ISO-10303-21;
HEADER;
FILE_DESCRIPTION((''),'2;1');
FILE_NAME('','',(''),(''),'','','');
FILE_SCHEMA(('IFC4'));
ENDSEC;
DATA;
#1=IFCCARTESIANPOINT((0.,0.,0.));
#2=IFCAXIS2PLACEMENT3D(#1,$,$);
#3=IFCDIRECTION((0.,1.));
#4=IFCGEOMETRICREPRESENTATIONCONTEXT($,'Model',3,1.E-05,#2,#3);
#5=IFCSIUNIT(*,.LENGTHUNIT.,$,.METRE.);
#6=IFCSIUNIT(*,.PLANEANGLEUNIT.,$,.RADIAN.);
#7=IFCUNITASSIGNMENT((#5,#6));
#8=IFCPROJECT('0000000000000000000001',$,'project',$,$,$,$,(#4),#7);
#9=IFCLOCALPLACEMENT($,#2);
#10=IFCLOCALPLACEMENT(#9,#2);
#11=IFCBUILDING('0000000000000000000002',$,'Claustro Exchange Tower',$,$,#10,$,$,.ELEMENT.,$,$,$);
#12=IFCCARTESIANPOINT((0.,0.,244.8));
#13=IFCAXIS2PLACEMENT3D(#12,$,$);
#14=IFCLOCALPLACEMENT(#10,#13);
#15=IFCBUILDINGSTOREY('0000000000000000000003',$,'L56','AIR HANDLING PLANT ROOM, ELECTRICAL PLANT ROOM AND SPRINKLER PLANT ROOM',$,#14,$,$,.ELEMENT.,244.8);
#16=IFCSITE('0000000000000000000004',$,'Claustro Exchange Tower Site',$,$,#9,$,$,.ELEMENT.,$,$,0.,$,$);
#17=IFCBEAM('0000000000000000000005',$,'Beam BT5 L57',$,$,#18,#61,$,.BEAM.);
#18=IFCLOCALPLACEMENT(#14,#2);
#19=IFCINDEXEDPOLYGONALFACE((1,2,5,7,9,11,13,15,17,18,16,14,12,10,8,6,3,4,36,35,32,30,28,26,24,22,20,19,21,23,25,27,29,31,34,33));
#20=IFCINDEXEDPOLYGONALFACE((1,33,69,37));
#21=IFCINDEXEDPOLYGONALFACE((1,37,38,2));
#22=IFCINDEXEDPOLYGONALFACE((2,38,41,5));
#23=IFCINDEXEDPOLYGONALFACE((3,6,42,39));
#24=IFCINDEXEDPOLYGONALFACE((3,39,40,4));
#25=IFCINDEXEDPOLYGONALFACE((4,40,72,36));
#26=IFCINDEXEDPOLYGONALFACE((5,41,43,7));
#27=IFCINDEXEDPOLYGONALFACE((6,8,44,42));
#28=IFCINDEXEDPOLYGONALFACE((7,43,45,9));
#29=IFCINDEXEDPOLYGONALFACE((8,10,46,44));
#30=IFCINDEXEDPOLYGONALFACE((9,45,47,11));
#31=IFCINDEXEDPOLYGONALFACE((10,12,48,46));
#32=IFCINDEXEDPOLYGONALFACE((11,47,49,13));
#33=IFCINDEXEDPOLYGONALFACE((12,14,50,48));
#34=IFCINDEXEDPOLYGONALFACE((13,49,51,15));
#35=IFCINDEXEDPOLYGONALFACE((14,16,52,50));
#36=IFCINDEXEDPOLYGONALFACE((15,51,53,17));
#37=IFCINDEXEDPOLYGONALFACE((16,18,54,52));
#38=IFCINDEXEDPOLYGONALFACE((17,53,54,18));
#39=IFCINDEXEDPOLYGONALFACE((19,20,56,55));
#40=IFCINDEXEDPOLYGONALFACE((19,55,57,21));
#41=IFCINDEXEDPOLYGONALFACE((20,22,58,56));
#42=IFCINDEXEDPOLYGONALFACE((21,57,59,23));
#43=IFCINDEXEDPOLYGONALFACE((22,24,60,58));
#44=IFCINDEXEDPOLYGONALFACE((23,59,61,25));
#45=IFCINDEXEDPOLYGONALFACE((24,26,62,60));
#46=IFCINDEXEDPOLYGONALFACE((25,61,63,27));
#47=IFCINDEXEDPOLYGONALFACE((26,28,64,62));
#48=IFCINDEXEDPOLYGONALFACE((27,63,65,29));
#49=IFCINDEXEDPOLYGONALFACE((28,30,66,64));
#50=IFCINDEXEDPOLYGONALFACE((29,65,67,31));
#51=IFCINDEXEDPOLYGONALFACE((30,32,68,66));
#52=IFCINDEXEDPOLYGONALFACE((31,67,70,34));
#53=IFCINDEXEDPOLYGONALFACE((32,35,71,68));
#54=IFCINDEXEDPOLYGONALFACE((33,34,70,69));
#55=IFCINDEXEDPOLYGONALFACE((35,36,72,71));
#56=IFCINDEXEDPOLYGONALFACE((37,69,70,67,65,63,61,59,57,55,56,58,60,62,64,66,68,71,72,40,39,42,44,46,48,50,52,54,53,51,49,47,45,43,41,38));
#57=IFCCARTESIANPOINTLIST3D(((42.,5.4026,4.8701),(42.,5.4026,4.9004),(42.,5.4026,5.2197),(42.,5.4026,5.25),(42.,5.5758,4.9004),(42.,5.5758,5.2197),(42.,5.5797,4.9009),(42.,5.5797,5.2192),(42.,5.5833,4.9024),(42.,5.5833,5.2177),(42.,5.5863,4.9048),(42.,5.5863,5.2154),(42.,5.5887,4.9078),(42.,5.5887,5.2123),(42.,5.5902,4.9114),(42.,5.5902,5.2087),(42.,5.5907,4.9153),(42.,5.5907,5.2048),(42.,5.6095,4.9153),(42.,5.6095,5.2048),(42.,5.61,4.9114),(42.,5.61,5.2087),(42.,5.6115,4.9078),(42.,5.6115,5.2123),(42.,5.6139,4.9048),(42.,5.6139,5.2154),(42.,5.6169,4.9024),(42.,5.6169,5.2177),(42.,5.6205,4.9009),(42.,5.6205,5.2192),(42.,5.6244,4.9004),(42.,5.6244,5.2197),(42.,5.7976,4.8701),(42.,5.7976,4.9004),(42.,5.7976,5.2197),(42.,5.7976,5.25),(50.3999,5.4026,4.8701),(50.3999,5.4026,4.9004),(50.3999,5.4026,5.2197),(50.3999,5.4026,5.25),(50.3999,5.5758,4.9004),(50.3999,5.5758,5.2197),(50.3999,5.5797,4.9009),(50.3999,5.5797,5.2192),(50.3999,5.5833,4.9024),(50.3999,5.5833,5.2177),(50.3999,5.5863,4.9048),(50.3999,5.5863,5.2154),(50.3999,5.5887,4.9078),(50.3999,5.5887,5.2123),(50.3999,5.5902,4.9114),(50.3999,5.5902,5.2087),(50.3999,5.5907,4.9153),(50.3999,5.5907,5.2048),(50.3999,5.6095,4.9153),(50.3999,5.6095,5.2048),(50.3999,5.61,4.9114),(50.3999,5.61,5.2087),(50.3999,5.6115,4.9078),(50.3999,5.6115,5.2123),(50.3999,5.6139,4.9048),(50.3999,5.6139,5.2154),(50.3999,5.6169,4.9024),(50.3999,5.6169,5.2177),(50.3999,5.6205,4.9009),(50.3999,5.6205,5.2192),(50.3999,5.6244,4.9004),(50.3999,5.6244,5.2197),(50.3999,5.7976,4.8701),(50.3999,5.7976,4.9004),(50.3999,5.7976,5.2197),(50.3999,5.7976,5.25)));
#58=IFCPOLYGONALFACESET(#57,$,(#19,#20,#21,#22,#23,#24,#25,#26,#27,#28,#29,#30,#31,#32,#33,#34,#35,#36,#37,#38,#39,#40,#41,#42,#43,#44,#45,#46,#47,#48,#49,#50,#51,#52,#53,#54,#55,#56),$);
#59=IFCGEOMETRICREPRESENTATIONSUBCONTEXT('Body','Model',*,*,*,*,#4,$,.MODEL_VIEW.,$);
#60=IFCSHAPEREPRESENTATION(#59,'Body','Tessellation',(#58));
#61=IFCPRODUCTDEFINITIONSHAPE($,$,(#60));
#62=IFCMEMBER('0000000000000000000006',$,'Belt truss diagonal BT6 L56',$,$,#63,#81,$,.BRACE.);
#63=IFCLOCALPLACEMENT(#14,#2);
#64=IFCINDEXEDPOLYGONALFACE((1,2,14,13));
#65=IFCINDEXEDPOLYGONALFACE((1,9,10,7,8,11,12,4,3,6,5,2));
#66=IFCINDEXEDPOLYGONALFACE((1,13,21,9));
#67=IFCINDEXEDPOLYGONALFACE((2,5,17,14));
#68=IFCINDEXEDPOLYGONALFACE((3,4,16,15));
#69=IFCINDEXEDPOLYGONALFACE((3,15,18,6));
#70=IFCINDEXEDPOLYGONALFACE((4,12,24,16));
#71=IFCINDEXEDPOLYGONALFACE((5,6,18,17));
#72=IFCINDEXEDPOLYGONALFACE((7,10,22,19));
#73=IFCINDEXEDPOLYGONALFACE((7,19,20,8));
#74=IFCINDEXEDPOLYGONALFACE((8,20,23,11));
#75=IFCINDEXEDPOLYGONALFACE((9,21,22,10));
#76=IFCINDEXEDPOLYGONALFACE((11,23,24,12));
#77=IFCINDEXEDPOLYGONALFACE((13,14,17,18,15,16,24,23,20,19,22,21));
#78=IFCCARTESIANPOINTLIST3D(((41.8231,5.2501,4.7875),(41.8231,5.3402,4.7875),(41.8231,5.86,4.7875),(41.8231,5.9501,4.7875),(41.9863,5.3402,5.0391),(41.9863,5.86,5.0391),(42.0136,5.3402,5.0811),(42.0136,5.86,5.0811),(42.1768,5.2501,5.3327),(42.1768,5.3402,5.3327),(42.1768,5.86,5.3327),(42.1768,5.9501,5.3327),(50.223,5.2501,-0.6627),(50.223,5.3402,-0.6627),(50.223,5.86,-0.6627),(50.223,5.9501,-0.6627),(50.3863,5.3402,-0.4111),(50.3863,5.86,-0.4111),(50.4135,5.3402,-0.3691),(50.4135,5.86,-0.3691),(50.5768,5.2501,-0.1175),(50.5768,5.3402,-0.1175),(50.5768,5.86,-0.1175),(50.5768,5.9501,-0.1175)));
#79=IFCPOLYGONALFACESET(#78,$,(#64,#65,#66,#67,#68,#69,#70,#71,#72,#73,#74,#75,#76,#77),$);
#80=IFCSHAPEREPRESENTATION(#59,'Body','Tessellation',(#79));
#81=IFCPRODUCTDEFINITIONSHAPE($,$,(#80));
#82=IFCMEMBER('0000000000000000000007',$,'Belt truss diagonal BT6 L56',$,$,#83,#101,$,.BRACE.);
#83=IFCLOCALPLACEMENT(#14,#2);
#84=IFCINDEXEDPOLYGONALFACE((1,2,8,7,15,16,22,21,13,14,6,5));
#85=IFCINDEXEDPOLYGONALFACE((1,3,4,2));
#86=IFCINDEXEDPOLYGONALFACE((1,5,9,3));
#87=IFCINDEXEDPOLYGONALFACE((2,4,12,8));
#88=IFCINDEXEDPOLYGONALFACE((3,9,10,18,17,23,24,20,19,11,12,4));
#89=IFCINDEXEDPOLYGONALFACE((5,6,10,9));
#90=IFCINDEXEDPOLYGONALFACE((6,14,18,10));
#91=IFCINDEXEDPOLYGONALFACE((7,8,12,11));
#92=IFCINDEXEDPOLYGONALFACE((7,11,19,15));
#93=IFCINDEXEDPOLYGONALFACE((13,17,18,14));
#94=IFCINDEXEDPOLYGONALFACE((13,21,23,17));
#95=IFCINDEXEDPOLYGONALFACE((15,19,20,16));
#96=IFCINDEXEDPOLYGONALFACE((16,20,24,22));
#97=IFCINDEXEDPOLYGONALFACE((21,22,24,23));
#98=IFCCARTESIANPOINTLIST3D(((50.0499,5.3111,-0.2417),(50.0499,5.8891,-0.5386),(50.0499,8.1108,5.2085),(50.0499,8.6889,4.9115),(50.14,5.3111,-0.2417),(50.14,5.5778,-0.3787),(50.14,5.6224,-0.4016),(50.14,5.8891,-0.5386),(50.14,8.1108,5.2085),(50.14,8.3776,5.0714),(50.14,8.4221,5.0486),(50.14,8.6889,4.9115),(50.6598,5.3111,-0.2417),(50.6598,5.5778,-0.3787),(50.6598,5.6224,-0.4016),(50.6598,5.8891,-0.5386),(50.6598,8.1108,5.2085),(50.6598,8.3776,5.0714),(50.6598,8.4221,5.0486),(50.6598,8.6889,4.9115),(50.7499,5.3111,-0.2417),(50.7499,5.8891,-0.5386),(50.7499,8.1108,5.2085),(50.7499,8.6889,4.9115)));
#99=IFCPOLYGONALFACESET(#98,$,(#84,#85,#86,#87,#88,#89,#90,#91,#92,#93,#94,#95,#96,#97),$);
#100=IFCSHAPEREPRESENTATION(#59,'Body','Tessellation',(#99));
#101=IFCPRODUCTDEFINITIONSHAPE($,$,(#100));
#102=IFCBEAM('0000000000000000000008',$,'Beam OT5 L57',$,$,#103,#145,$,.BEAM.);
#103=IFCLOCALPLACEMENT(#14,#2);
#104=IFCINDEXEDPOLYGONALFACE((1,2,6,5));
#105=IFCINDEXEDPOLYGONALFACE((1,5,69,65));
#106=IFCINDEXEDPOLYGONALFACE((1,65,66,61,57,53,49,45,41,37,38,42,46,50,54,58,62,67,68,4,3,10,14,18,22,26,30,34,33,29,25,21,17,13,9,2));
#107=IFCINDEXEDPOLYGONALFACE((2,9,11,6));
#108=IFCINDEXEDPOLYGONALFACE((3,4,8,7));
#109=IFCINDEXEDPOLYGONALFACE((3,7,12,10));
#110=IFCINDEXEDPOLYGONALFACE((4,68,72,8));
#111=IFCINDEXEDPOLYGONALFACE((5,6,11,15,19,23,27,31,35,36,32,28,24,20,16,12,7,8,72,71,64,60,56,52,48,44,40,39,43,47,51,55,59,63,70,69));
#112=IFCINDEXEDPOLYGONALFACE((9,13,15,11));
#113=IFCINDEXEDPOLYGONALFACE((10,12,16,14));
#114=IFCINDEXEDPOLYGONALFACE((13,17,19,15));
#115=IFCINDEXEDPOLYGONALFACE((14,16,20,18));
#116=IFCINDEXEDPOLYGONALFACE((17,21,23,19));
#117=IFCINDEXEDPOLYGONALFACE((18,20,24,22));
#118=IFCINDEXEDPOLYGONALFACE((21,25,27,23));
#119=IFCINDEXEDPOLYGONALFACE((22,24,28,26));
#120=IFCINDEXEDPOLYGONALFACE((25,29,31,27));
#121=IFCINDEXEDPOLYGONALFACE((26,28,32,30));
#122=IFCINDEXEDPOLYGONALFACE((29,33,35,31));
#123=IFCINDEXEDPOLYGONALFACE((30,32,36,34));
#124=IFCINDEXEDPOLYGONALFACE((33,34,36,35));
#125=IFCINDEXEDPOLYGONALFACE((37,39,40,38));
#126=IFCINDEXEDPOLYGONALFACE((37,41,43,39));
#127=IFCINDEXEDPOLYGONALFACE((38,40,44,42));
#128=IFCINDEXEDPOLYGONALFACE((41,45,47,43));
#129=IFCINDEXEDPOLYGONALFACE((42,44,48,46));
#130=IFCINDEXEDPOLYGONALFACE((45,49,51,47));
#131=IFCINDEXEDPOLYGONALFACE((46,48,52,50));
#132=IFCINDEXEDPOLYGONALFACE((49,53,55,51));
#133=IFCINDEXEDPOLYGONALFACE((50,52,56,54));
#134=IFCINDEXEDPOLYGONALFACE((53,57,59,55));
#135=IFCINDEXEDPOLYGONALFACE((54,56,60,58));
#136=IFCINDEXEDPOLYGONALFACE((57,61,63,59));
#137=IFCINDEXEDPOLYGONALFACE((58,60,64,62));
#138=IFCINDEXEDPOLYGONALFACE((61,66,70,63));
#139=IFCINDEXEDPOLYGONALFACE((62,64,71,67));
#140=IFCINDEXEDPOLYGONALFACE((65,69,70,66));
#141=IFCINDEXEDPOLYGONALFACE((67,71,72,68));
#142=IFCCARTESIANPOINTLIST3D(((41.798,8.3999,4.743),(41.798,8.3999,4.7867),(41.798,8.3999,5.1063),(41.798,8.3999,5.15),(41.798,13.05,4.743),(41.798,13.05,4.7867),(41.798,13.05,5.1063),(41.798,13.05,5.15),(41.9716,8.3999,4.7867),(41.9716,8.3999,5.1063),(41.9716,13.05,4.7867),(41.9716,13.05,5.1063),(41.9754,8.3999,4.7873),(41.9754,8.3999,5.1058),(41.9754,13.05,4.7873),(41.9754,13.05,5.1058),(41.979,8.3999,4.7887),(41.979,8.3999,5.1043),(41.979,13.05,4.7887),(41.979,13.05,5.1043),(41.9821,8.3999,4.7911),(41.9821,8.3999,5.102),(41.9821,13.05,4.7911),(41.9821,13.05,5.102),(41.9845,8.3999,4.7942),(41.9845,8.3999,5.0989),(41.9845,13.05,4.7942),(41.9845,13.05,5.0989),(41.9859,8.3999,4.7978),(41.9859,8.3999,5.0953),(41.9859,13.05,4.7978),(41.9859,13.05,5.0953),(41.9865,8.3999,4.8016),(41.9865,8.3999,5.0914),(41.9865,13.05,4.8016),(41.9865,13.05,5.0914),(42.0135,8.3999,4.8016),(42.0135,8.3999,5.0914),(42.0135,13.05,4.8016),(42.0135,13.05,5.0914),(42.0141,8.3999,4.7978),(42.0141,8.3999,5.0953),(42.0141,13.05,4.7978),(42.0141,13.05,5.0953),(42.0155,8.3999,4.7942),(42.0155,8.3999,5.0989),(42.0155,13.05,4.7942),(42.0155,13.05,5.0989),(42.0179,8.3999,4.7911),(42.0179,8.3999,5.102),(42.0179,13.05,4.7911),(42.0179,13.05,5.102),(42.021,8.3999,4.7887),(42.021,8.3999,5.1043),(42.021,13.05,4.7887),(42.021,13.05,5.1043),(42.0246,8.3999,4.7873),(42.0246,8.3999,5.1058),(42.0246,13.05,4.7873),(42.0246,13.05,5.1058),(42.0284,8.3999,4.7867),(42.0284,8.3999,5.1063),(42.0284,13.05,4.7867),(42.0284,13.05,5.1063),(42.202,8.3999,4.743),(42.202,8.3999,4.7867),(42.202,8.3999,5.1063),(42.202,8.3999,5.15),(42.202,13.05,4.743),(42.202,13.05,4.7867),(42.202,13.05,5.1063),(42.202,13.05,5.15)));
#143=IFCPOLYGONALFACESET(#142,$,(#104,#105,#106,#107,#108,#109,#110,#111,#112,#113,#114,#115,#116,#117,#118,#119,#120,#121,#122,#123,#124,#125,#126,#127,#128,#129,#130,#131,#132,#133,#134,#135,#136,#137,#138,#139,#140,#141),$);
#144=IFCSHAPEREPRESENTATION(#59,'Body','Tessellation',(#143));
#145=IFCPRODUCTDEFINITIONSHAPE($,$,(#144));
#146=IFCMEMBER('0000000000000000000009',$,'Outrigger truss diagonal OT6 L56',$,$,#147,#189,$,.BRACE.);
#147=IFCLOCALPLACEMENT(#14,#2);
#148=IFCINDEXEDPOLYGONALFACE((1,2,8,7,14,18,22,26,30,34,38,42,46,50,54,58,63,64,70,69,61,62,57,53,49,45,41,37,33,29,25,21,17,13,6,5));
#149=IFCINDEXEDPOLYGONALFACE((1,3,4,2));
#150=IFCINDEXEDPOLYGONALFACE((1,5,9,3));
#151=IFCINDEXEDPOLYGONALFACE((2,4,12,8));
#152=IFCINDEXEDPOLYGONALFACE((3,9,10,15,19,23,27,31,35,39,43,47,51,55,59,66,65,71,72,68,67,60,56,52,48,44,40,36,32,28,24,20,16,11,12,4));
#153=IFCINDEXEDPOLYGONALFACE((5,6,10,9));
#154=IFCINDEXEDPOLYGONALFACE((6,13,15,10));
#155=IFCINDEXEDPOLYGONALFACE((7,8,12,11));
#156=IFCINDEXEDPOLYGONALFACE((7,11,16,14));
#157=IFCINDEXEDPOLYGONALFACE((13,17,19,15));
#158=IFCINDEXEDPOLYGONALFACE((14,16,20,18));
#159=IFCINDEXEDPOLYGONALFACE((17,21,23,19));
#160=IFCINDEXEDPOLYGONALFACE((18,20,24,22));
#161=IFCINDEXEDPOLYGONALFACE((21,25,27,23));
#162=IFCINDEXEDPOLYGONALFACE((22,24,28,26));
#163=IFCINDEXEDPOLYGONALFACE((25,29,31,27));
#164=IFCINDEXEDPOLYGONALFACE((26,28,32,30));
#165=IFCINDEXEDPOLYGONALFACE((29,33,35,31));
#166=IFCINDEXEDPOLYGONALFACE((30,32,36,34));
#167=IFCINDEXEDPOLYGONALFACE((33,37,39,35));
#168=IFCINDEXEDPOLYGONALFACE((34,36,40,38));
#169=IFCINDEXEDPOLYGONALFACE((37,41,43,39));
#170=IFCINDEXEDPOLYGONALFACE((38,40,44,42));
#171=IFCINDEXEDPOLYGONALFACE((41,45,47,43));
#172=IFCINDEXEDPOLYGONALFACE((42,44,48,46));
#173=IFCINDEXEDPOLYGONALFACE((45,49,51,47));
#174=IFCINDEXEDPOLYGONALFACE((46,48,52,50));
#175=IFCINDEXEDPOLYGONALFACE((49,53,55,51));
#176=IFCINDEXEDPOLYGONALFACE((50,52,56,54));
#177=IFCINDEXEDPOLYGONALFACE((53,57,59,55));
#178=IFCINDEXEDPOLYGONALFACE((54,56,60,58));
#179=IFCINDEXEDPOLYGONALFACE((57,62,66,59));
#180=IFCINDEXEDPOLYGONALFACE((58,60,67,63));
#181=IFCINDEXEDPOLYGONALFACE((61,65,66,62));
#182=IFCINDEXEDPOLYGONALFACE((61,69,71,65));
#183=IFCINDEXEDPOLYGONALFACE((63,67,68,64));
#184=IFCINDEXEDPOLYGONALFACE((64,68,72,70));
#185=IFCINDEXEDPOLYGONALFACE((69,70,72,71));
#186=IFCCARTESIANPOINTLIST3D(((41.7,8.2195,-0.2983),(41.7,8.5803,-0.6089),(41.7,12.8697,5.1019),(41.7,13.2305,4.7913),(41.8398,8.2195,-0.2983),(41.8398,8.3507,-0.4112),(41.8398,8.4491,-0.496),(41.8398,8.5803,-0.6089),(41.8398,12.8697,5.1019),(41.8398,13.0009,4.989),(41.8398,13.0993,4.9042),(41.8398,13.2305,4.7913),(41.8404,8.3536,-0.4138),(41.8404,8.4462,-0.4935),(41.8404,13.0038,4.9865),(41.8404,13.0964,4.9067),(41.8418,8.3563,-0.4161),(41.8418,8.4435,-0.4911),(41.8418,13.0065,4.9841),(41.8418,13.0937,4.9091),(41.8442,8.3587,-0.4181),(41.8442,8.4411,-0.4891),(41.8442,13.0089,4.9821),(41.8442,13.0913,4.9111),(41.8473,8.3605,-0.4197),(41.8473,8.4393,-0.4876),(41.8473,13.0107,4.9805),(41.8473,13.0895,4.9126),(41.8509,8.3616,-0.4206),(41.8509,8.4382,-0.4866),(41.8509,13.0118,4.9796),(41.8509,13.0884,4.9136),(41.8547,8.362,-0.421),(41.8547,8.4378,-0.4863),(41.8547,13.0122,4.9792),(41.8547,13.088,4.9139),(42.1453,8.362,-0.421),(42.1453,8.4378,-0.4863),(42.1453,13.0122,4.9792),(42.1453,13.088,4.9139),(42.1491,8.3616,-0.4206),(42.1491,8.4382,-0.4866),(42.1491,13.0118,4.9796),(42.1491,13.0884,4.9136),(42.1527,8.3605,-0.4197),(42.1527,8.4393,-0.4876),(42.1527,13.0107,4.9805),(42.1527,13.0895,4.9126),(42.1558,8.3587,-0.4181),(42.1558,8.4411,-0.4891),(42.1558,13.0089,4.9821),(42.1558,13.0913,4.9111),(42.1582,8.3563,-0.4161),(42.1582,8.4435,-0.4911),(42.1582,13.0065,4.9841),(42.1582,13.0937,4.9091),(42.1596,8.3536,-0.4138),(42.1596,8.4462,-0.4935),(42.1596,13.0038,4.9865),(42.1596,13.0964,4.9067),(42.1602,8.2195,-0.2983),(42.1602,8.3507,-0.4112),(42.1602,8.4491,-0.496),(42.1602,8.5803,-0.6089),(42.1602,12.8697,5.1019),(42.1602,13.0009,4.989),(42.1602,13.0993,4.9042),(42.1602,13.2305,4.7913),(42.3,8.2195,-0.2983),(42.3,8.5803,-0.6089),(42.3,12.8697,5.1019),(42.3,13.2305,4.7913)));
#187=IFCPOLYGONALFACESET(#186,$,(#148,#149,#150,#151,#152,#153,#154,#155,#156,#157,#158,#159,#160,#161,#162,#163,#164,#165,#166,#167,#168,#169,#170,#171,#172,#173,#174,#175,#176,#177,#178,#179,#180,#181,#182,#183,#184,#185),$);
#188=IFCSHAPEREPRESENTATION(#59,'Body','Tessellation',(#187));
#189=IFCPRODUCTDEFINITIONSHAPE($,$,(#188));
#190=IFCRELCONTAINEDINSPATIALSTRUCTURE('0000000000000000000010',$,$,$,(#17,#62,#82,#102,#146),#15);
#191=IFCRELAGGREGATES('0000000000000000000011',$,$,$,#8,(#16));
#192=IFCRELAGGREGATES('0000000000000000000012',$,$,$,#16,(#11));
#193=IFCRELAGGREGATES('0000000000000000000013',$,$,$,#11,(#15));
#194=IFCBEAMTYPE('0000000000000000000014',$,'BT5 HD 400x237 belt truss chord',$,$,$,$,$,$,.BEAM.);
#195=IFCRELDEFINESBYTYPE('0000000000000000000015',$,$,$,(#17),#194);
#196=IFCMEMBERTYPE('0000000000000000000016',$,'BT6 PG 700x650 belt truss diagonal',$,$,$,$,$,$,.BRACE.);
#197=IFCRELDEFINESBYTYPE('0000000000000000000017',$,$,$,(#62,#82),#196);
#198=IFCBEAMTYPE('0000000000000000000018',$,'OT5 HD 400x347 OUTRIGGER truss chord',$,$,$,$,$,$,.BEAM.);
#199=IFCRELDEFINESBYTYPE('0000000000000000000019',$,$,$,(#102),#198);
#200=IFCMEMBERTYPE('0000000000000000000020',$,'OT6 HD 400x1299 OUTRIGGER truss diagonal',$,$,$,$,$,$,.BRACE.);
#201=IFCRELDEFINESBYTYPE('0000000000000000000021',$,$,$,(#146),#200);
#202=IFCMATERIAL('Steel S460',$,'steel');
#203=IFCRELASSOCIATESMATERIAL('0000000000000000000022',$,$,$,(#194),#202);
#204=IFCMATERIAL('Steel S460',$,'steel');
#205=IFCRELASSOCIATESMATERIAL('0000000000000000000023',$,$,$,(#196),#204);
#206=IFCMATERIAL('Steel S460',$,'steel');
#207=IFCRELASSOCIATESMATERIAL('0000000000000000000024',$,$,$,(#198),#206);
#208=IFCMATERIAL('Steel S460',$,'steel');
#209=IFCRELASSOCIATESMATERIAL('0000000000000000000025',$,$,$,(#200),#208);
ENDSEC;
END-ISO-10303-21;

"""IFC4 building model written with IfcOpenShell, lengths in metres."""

from ifc_helpers import new_model, si_unit, direction, frame, origin, origin_2d, place, context, subcontext, project, spatial, i_section, extrude, material, material_profile, profile_set, type_object, element, save


model = new_model("IFC4")

# Units and contexts
model_context = context("Model", 3, precision=1e-05, world=origin(), true_north=direction((0.0, 1.0)))
body_context = subcontext(model_context, "Body", "Model", "MODEL_VIEW")
ifc_project = project(units=[si_unit("LENGTHUNIT", "METRE"), si_unit("PLANEANGLEUNIT", "RADIAN")], contexts=[model_context])

# Site, building, storey
site_placement = place(None, origin())
site = spatial("IfcSite", under=ifc_project, at=site_placement, Name="Claustro Exchange Tower Site", CompositionType="ELEMENT", RefElevation=0.0)
building_placement = place(site_placement, origin())
building = spatial("IfcBuilding", under=site, at=building_placement, Name="Claustro Exchange Tower", CompositionType="ELEMENT")
storey_placement = place(building_placement, frame((0.0, 0.0, 244.8)))
storey = spatial("IfcBuildingStorey", under=building, at=storey_placement, Name="L56", Description="AIR HANDLING PLANT ROOM, ELECTRICAL PLANT ROOM AND SPRINKLER PLANT ROOM", CompositionType="ELEMENT", Elevation=244.8)

# Beam
ifc_material_1 = material(Name="Steel S460", Category="steel")
ifc_material_profile_1 = material_profile(ifc_material_1, i_section(OverallWidth=0.395, OverallDepth=0.3799, WebThickness=0.0188, FlangeThickness=0.0303, FilletRadius=0.0149, at=origin_2d()), Name="HD 400x237")
ifc_profile_set_1 = profile_set([ifc_material_profile_1], Name="Steel S460")
beam_type_1 = type_object("IfcBeamType", Name="BT5 HD 400x237 belt truss chord", PredefinedType="BEAM", material=ifc_profile_set_1)
beam_1_placement = place(storey_placement, frame((42.0, 5.6001, 5.0601), z_axis=(1.0, 0.0, 0.0), x_axis=(0.0, 1.0, 0.0)))
element("IfcBeam", 1, at=beam_1_placement, inside=storey, type_object=beam_type_1, Name="Beam BT5 L57", PredefinedType="BEAM", context=body_context, shape_type="SweptSolid", body=[
    extrude(i_section(OverallWidth=0.395, OverallDepth=0.3799, WebThickness=0.0188, FlangeThickness=0.0303, FilletRadius=0.0149, at=origin_2d()), origin(), (0.0, 0.0, 1.0), 8.3999),
])

# Members
ifc_material_2 = material(Name="Steel S460", Category="steel")
ifc_material_profile_2 = material_profile(ifc_material_2, i_section(OverallWidth=0.6499, OverallDepth=0.7, WebThickness=0.05, FlangeThickness=0.0901, at=origin_2d()), Name="PG 700x650")
ifc_profile_set_2 = profile_set([ifc_material_profile_2], Name="Steel S460")
member_type_1 = type_object("IfcMemberType", Name="BT6 PG 700x650 belt truss diagonal", PredefinedType="BRACE", material=ifc_profile_set_2)
member_1_placement = place(storey_placement, frame((50.3999, 5.6001, -0.3901), z_axis=(-0.838888, 0.0, 0.544304), x_axis=(0.544304, 0.0, 0.838888)))
element("IfcMember", 2, at=member_1_placement, inside=storey, type_object=member_type_1, Name="Belt truss diagonal BT6 L56", PredefinedType="BRACE", context=body_context, shape_type="SweptSolid", body=[
    extrude(i_section(OverallWidth=0.6499, OverallDepth=0.7, WebThickness=0.05, FlangeThickness=0.0901, at=origin_2d()), origin(), (0.0, 0.0, 1.0), 10.0132),
])
member_2_placement = place(storey_placement, frame((50.3999, 5.6001, -0.3901), z_axis=(0.0, 0.456941, 0.889497), x_axis=(0.0, -0.889497, 0.456941)))
element("IfcMember", 3, at=member_2_placement, inside=storey, type_object=member_type_1, Name="Belt truss diagonal BT6 L56", PredefinedType="BRACE", context=body_context, shape_type="SweptSolid", body=[
    extrude(i_section(OverallWidth=0.6499, OverallDepth=0.7, WebThickness=0.05, FlangeThickness=0.0901, at=origin_2d()), origin(), (0.0, 0.0, 1.0), 6.1272),
])

# Beam
ifc_material_3 = material(Name="Steel S460", Category="steel")
ifc_material_profile_3 = material_profile(ifc_material_3, i_section(OverallWidth=0.4041, OverallDepth=0.407, WebThickness=0.0271, FlangeThickness=0.0437, FilletRadius=0.0149, at=origin_2d()), Name="HD 400x347")
ifc_profile_set_3 = profile_set([ifc_material_profile_3], Name="Steel S460")
beam_type_2 = type_object("IfcBeamType", Name="OT5 HD 400x347 OUTRIGGER truss chord", PredefinedType="BEAM", material=ifc_profile_set_3)
beam_2_placement = place(storey_placement, frame((42.0, 8.3999, 4.9465), z_axis=(0.0, 1.0, 0.0), x_axis=(-1.0, 0.0, 0.0)))
element("IfcBeam", 4, at=beam_2_placement, inside=storey, type_object=beam_type_2, Name="Beam OT5 L57", PredefinedType="BEAM", context=body_context, shape_type="SweptSolid", body=[
    extrude(i_section(OverallWidth=0.4041, OverallDepth=0.407, WebThickness=0.0271, FlangeThickness=0.0437, FilletRadius=0.0149, at=origin_2d()), origin(), (0.0, 0.0, 1.0), 4.6501),
])

# Member
ifc_material_4 = material(Name="Steel S460", Category="steel")
ifc_material_profile_4 = material_profile(ifc_material_4, i_section(OverallWidth=0.4761, OverallDepth=0.6001, WebThickness=0.1001, FlangeThickness=0.1399, FilletRadius=0.0149, at=origin_2d()), Name="HD 400x1299")
ifc_profile_set_4 = profile_set([ifc_material_profile_4], Name="Steel S460")
member_type_2 = type_object("IfcMemberType", Name="OT6 HD 400x1299 OUTRIGGER truss diagonal", PredefinedType="BRACE", material=ifc_profile_set_4)
member_3_placement = place(storey_placement, frame((42.0, 8.3999, -0.4536), z_axis=(0.0, 0.652525, 0.757767), x_axis=(0.0, -0.757767, 0.652525)))
element("IfcMember", 5, at=member_3_placement, inside=storey, type_object=member_type_2, Name="Outrigger truss diagonal OT6 L56", PredefinedType="BRACE", context=body_context, shape_type="SweptSolid", body=[
    extrude(i_section(OverallWidth=0.4761, OverallDepth=0.6001, WebThickness=0.1001, FlangeThickness=0.1399, FilletRadius=0.0149, at=origin_2d()), origin(), (0.0, 0.0, 1.0), 7.1265),
])

save(model, "model.ifc")
